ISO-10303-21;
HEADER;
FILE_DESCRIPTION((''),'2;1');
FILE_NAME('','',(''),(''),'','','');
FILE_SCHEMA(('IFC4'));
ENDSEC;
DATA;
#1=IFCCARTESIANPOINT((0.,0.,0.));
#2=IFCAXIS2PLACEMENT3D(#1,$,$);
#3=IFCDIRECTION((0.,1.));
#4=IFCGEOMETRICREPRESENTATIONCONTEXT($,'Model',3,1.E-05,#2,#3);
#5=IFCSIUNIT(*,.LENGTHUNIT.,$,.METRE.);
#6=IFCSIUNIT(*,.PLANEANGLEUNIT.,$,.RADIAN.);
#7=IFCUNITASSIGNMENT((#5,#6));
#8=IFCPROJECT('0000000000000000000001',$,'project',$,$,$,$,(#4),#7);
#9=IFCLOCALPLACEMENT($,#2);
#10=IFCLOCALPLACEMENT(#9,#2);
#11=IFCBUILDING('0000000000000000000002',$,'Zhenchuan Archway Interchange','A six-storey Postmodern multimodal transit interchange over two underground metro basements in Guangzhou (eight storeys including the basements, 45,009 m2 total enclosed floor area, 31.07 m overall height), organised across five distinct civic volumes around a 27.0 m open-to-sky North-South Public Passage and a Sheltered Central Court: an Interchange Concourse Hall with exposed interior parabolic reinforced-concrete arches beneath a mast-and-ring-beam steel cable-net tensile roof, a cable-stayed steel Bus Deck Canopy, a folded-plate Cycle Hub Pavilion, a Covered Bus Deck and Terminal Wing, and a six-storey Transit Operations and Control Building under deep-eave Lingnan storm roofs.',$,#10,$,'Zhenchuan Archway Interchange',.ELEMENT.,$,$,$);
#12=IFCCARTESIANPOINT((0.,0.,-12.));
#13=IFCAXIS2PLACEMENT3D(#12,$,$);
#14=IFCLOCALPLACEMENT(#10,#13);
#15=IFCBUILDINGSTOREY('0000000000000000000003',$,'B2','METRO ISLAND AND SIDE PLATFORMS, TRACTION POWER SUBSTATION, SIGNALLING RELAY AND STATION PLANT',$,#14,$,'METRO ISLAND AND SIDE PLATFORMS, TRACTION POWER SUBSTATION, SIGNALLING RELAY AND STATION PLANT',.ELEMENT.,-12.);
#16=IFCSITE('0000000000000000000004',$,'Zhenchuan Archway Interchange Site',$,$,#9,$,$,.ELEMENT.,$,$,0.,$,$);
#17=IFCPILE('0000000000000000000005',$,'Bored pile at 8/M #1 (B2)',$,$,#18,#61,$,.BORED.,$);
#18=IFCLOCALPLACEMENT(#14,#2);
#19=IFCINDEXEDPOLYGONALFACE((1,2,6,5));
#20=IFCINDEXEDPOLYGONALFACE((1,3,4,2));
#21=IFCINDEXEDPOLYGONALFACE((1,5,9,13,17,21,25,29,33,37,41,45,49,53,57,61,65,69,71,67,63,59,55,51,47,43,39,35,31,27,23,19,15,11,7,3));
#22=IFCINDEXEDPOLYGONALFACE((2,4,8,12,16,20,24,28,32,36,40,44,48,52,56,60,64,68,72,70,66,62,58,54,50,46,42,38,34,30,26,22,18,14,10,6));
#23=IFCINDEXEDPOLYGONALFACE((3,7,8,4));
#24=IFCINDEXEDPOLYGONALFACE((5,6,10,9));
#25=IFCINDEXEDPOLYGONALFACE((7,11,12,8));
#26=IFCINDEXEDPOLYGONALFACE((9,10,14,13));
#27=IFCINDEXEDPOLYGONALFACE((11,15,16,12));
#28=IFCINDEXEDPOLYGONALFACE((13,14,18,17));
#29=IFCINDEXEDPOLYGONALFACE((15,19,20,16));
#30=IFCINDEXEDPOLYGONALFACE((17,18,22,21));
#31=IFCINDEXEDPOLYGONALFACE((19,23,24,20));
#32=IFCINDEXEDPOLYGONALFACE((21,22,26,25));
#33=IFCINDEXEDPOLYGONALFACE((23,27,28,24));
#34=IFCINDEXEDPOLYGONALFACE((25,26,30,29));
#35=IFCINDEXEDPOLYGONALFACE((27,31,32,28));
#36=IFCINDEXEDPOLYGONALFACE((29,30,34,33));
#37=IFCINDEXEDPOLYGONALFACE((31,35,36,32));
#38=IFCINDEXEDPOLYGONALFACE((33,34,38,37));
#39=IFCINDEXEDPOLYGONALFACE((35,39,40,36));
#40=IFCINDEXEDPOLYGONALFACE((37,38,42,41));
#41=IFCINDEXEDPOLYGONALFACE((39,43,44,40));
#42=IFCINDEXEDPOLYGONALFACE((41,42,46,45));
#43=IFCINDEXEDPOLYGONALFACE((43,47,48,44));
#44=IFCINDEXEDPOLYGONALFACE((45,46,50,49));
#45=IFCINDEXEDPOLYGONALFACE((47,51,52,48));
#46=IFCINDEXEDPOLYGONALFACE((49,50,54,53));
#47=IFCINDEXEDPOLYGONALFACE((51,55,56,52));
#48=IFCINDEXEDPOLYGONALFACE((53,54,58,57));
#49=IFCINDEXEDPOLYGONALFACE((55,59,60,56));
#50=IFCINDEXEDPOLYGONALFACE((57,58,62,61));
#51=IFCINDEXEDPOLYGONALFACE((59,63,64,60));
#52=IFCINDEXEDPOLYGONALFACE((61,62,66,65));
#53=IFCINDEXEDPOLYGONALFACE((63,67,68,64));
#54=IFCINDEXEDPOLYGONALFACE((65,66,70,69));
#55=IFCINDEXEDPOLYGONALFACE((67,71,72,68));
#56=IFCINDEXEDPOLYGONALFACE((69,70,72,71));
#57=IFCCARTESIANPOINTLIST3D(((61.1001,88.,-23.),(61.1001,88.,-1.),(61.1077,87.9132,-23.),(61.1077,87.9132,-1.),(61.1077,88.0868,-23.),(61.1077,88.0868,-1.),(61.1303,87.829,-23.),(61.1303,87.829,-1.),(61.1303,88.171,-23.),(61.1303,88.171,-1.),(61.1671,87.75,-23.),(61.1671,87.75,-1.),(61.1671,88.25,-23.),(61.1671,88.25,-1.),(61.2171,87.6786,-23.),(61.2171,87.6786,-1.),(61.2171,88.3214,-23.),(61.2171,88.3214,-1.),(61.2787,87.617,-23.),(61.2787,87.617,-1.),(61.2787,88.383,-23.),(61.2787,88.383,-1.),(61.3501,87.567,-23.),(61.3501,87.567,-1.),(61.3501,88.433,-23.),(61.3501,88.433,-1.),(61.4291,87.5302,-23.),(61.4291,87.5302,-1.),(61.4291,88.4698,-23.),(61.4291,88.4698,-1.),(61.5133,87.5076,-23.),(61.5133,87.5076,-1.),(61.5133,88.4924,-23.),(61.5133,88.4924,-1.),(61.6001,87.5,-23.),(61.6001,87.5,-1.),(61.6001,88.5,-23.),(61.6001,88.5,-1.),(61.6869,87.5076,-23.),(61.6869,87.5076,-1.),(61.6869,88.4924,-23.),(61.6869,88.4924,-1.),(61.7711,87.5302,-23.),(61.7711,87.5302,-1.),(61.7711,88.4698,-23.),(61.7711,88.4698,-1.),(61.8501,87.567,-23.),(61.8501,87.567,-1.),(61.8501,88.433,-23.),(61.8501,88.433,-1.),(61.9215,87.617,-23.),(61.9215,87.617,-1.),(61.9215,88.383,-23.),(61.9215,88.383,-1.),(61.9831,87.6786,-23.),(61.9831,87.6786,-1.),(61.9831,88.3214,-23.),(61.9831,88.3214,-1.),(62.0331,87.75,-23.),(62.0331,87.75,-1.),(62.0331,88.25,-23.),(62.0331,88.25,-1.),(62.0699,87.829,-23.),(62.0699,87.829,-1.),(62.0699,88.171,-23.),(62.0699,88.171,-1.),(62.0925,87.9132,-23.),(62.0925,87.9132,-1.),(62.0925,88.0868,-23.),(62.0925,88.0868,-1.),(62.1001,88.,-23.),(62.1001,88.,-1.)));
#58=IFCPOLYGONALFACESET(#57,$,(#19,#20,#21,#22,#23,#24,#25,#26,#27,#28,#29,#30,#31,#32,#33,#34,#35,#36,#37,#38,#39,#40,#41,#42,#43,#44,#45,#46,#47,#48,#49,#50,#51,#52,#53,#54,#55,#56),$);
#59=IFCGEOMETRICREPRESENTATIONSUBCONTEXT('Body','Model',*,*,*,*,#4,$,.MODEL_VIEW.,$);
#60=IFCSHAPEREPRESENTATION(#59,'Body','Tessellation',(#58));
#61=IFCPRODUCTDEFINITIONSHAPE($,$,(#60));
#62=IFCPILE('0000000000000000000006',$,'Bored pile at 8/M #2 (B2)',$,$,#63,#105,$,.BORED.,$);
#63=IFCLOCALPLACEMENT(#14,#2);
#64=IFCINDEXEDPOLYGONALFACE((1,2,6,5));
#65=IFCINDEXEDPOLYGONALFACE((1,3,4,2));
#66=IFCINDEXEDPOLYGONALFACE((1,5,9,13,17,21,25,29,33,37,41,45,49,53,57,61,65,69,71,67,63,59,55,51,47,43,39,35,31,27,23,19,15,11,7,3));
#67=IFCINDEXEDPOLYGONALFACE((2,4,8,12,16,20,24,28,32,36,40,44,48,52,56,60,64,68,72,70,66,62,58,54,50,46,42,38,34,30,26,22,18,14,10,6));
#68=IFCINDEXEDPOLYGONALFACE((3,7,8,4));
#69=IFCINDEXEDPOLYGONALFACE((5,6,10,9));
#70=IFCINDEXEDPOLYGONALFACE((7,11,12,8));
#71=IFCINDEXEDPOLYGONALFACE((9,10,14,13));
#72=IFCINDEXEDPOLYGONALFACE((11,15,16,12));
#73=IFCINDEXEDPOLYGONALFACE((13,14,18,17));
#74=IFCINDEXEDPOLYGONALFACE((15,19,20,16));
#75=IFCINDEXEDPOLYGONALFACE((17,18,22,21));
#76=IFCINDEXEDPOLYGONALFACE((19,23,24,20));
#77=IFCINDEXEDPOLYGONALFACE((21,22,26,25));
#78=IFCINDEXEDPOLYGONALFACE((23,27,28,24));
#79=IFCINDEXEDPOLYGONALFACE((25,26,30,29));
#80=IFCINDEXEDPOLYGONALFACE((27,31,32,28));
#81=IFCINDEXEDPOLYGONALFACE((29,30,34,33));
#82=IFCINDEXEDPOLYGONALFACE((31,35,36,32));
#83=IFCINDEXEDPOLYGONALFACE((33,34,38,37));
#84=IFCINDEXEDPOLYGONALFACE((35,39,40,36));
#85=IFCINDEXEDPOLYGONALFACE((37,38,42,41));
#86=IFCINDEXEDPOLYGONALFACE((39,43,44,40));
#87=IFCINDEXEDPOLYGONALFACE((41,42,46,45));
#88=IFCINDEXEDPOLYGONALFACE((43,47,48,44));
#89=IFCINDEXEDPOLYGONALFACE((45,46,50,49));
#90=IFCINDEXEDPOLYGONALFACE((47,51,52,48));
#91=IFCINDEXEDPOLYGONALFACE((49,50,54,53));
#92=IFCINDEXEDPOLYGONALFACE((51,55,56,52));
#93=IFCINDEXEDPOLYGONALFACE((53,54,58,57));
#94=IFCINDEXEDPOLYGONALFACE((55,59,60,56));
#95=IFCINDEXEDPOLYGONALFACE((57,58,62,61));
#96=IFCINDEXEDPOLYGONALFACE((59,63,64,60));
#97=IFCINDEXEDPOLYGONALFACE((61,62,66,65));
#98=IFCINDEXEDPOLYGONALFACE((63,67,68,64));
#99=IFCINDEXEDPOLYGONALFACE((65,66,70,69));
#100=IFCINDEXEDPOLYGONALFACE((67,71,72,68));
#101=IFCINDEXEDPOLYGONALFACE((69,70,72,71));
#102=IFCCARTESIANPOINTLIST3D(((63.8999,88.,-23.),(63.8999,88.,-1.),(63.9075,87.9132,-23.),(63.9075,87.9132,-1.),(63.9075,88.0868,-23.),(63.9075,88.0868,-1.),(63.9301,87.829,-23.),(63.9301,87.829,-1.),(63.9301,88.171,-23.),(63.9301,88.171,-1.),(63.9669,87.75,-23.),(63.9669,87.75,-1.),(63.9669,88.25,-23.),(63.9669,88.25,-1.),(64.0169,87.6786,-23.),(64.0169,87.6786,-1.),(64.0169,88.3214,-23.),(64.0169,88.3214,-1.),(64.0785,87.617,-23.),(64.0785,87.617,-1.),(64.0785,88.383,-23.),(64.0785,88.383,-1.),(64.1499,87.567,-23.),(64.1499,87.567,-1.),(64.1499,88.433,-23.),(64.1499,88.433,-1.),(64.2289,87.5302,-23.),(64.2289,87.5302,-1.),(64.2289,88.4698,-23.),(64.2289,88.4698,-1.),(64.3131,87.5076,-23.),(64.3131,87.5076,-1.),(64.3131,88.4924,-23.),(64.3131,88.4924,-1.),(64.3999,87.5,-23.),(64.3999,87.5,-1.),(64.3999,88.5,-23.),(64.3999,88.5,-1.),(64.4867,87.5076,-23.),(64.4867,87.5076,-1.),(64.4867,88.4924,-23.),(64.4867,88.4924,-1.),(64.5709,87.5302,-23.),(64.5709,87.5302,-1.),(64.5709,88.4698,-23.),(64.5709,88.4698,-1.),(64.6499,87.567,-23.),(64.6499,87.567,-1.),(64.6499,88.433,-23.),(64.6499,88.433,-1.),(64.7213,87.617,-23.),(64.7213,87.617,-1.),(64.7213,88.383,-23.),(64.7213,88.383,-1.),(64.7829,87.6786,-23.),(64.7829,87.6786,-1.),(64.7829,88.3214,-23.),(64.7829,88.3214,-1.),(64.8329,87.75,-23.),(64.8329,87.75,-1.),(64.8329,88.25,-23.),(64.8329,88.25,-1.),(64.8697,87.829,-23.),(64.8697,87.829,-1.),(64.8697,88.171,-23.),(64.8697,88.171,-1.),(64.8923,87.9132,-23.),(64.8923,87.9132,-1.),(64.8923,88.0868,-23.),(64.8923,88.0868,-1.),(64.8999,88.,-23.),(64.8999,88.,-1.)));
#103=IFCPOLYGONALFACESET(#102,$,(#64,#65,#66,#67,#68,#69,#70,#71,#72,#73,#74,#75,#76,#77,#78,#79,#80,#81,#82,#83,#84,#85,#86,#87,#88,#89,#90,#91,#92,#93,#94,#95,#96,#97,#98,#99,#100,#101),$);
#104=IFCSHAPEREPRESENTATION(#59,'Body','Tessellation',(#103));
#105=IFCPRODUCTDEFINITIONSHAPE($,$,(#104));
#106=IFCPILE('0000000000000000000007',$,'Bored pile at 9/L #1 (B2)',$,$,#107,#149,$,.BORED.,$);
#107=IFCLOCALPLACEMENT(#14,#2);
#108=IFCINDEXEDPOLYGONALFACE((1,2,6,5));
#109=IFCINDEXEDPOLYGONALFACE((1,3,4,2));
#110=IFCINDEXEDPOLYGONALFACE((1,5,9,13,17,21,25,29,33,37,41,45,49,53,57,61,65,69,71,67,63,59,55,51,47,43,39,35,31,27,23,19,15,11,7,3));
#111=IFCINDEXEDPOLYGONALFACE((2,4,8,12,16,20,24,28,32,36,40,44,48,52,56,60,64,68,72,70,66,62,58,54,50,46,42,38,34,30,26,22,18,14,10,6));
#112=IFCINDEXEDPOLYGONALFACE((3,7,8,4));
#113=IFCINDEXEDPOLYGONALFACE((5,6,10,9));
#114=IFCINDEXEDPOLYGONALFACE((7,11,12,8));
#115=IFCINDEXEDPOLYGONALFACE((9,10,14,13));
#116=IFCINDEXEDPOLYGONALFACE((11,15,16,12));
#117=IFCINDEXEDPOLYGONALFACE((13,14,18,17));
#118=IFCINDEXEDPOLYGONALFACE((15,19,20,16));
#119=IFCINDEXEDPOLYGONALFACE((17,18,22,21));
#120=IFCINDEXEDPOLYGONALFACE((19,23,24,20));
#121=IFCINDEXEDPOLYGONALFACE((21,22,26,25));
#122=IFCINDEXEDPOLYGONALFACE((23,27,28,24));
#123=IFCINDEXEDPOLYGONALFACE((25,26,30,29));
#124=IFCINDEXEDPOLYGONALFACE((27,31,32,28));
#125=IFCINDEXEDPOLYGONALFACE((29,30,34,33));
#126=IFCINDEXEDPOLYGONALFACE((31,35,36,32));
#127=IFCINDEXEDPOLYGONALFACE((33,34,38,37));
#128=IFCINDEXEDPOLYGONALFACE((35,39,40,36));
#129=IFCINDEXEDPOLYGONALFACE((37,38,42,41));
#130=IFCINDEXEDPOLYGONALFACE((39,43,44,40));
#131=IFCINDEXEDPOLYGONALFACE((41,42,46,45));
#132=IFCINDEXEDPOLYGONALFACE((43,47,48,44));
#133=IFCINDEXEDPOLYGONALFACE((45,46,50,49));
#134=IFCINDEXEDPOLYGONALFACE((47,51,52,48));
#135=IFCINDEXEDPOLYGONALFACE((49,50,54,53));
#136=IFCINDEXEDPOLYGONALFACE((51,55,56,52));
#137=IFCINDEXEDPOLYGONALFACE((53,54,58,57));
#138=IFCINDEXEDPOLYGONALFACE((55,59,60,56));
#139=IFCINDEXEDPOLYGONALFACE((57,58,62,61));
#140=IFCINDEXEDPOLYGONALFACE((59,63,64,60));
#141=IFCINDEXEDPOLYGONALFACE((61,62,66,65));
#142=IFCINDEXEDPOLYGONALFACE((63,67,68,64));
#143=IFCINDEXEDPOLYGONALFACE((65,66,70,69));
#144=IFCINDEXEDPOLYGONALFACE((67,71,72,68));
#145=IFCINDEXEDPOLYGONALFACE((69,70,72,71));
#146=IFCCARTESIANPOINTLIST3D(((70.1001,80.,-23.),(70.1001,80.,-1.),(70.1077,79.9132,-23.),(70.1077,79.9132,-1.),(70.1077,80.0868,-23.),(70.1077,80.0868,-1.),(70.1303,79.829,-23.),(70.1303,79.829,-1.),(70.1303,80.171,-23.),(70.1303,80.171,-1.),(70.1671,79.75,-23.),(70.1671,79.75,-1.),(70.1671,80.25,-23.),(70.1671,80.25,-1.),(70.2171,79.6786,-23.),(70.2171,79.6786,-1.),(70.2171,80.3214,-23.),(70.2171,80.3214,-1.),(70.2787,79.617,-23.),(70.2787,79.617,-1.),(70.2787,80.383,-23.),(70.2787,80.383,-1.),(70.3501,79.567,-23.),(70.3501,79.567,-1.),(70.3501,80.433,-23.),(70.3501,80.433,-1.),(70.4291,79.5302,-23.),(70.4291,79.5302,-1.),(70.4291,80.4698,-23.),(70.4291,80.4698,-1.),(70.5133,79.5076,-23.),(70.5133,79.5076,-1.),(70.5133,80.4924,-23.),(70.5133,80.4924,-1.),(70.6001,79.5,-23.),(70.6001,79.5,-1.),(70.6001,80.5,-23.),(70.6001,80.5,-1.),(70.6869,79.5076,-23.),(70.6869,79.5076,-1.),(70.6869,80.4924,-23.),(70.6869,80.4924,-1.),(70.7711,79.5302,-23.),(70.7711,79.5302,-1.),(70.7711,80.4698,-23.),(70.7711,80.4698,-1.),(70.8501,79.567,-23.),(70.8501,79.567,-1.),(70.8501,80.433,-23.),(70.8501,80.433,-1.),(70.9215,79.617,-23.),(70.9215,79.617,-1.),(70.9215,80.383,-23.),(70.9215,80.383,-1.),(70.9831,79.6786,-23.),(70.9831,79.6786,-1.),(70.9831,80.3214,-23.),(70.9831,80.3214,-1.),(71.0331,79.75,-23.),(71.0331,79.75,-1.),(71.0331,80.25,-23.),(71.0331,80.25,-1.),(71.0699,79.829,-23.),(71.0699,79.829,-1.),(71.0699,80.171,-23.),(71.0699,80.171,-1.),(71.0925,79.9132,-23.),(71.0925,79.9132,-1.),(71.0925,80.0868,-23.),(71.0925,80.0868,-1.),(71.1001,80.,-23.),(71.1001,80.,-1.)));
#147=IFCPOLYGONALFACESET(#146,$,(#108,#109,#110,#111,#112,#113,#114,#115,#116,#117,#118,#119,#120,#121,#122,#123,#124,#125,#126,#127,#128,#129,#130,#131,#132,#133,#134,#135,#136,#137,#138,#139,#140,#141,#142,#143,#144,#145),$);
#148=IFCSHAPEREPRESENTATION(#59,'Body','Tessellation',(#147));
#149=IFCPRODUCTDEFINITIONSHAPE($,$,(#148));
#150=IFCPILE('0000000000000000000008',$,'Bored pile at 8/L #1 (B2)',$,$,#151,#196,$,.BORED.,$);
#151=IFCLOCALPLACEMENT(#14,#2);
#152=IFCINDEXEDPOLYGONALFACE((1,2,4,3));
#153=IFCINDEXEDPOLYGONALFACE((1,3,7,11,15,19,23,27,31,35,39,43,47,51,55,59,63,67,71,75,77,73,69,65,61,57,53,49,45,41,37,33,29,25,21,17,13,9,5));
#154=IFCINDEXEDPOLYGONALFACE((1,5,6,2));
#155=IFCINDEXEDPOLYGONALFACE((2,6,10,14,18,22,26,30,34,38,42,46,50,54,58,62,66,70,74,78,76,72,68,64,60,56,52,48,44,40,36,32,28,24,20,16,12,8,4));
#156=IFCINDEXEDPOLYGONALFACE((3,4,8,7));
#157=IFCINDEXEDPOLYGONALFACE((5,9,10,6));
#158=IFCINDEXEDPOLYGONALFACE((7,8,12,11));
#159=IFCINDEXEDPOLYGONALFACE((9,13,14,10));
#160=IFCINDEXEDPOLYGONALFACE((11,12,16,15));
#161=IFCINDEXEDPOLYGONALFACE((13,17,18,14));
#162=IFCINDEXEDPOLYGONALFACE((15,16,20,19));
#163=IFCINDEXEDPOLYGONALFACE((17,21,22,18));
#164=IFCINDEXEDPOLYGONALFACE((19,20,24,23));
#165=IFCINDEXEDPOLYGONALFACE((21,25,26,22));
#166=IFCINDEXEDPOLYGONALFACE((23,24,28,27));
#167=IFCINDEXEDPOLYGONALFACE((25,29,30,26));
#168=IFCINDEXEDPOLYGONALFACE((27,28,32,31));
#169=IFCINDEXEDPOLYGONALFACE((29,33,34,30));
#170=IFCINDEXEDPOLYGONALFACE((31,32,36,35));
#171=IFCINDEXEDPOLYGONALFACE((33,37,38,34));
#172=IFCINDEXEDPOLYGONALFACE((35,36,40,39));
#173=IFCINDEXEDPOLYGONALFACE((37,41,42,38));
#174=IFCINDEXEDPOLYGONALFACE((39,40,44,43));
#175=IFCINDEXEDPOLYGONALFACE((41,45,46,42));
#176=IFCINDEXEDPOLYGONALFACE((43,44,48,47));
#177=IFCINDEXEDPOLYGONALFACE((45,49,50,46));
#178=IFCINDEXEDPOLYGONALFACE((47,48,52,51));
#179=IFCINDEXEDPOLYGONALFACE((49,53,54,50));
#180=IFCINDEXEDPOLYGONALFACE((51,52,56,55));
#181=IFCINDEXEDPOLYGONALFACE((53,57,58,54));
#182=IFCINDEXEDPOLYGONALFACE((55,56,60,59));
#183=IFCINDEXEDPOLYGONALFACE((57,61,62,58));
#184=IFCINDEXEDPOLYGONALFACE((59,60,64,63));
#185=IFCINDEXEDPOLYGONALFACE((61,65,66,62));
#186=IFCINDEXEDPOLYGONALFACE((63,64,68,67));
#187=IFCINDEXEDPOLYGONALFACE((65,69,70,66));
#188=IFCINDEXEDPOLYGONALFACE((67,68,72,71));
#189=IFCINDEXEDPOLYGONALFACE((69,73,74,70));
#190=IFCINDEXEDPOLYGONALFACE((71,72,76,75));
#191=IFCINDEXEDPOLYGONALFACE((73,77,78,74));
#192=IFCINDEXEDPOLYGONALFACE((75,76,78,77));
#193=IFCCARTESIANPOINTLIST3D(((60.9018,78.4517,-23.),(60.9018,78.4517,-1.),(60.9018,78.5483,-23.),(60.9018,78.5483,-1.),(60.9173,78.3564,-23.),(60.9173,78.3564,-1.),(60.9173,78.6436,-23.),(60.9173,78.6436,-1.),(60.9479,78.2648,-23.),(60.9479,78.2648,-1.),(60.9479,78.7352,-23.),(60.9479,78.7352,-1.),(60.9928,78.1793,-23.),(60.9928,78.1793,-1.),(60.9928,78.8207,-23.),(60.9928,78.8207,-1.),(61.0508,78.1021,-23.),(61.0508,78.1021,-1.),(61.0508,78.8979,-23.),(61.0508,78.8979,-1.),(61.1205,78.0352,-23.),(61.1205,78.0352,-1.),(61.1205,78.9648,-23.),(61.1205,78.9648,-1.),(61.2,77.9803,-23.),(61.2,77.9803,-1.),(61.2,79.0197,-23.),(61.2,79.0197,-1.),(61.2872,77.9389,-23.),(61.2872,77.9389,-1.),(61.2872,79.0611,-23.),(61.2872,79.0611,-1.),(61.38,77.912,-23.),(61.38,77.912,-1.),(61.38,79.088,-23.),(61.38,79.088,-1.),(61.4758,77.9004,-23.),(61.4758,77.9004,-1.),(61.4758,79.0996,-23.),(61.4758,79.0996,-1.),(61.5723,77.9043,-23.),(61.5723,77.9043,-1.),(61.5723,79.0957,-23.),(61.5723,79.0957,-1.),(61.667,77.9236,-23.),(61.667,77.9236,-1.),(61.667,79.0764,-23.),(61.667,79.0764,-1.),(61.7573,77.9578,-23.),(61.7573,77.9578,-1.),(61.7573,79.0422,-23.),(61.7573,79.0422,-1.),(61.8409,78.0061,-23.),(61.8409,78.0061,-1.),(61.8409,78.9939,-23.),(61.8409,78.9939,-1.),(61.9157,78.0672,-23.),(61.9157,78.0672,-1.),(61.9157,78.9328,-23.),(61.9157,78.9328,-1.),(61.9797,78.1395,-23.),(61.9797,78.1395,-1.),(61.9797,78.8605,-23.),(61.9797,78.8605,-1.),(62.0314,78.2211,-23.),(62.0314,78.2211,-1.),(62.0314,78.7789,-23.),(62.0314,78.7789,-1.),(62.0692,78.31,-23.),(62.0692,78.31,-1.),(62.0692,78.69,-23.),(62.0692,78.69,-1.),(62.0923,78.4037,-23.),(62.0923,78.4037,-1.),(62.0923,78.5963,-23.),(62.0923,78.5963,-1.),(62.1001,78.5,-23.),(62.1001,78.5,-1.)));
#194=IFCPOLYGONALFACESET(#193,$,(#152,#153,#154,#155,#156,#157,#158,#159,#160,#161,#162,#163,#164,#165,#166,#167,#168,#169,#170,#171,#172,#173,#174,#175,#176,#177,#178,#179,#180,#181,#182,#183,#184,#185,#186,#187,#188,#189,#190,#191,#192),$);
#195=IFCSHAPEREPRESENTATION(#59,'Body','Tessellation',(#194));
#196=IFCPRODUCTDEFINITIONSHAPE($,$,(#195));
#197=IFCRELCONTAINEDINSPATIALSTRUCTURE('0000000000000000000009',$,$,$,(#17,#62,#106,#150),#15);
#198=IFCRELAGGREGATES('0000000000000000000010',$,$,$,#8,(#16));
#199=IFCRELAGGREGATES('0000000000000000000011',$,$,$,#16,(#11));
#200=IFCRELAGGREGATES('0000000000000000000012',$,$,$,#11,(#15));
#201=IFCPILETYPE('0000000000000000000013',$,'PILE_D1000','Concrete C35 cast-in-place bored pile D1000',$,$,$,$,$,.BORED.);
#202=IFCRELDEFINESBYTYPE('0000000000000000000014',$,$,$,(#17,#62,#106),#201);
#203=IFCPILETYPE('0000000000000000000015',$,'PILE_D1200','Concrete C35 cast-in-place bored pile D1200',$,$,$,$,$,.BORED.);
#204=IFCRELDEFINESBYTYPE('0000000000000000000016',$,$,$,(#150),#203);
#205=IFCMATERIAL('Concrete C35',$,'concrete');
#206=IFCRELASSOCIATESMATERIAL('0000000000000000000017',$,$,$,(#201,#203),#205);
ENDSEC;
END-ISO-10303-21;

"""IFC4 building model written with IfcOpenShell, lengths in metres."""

from ifc_helpers import new_model, si_unit, direction, frame, origin, origin_2d, place, context, subcontext, project, spatial, circle, extrude, material, material_profile, profile_set, type_object, element, save


model = new_model("IFC4")

# Units and contexts
model_context = context("Model", 3, precision=1e-05, world=origin(), true_north=direction((0.0, 1.0)))
body_context = subcontext(model_context, "Body", "Model", "MODEL_VIEW")
ifc_project = project(units=[si_unit("LENGTHUNIT", "METRE"), si_unit("PLANEANGLEUNIT", "RADIAN")], contexts=[model_context])

# Site, building, storey
site_placement = place(None, origin())
site = spatial("IfcSite", under=ifc_project, at=site_placement, Name="Zhenchuan Archway Interchange Site", CompositionType="ELEMENT", RefElevation=0.0)
building_placement = place(site_placement, origin())
building = spatial("IfcBuilding", under=site, at=building_placement, Name="Zhenchuan Archway Interchange", Description="A six-storey Postmodern multimodal transit interchange over two underground metro basements in Guangzhou (eight storeys including the basements, 45,009 m2 total enclosed floor area, 31.07 m overall height), organised across five distinct civic volumes around a 27.0 m open-to-sky North-South Public Passage and a Sheltered Central Court: an Interchange Concourse Hall with exposed interior parabolic reinforced-concrete arches beneath a mast-and-ring-beam steel cable-net tensile roof, a cable-stayed steel Bus Deck Canopy, a folded-plate Cycle Hub Pavilion, a Covered Bus Deck and Terminal Wing, and a six-storey Transit Operations and Control Building under deep-eave Lingnan storm roofs.", LongName="Zhenchuan Archway Interchange", CompositionType="ELEMENT")
storey_placement = place(building_placement, frame((0.0, 0.0, -12.0)))
storey = spatial("IfcBuildingStorey", under=building, at=storey_placement, Name="B2", Description="METRO ISLAND AND SIDE PLATFORMS, TRACTION POWER SUBSTATION, SIGNALLING RELAY AND STATION PLANT", LongName="METRO ISLAND AND SIDE PLATFORMS, TRACTION POWER SUBSTATION, SIGNALLING RELAY AND STATION PLANT", CompositionType="ELEMENT", Elevation=-12.0)

# Piles
ifc_material_1 = material(Name="Concrete C35", Category="concrete")
ifc_material_profile_1 = material_profile(ifc_material_1, circle(Radius=0.5, at=origin_2d()), Name="BORED PILE 1000")
ifc_profile_set_1 = profile_set([ifc_material_profile_1], Name="Concrete C35")
pile_type_1 = type_object("IfcPileType", Name="PILE_D1000", Description="Concrete C35 cast-in-place bored pile D1000", PredefinedType="BORED", material=ifc_profile_set_1)
for number, where, z_axis, x_axis, name in (
    (1, (61.6001, 88.0, -1.0), (0.0, 0.0, -1.0), (1.0, 0.0, 0.0), "Bored pile at 8/M #1 (B2)"),
    (2, (64.3999, 88.0, -1.0), (0.0, 0.0, -1.0), (1.0, 0.0, 0.0), "Bored pile at 8/M #2 (B2)"),
    (3, (70.6001, 80.0, -1.0), (0.0, 0.0, -1.0), (1.0, 0.0, 0.0), "Bored pile at 9/L #1 (B2)"),
):
    element("IfcPile", number, at=place(storey_placement, frame(where, z_axis=z_axis, x_axis=x_axis)), inside=storey, type_object=pile_type_1, Name=name, PredefinedType="BORED", context=body_context, shape_type="SweptSolid", body=[
        extrude(circle(Radius=0.5, at=origin_2d()), origin(), (0.0, 0.0, 1.0), 22.0),
    ])
ifc_material_profile_2 = material_profile(ifc_material_1, circle(Radius=0.6001, at=origin_2d()), Name="BORED PILE 1200")
ifc_profile_set_2 = profile_set([ifc_material_profile_2], Name="Concrete C35")
pile_type_2 = type_object("IfcPileType", Name="PILE_D1200", Description="Concrete C35 cast-in-place bored pile D1200", PredefinedType="BORED", material=ifc_profile_set_2)
for number, where, z_axis, x_axis, name in (
    (4, (61.5, 78.5, -1.0), (0.0, 0.0, -1.0), (1.0, 0.0, 0.0), "Bored pile at 8/L #1 (B2)"),
):
    element("IfcPile", number, at=place(storey_placement, frame(where, z_axis=z_axis, x_axis=x_axis)), inside=storey, type_object=pile_type_2, Name=name, PredefinedType="BORED", context=body_context, shape_type="SweptSolid", body=[
        extrude(circle(Radius=0.6001, at=origin_2d()), origin(), (0.0, 0.0, 1.0), 22.0),
    ])

save(model, "model.ifc")
